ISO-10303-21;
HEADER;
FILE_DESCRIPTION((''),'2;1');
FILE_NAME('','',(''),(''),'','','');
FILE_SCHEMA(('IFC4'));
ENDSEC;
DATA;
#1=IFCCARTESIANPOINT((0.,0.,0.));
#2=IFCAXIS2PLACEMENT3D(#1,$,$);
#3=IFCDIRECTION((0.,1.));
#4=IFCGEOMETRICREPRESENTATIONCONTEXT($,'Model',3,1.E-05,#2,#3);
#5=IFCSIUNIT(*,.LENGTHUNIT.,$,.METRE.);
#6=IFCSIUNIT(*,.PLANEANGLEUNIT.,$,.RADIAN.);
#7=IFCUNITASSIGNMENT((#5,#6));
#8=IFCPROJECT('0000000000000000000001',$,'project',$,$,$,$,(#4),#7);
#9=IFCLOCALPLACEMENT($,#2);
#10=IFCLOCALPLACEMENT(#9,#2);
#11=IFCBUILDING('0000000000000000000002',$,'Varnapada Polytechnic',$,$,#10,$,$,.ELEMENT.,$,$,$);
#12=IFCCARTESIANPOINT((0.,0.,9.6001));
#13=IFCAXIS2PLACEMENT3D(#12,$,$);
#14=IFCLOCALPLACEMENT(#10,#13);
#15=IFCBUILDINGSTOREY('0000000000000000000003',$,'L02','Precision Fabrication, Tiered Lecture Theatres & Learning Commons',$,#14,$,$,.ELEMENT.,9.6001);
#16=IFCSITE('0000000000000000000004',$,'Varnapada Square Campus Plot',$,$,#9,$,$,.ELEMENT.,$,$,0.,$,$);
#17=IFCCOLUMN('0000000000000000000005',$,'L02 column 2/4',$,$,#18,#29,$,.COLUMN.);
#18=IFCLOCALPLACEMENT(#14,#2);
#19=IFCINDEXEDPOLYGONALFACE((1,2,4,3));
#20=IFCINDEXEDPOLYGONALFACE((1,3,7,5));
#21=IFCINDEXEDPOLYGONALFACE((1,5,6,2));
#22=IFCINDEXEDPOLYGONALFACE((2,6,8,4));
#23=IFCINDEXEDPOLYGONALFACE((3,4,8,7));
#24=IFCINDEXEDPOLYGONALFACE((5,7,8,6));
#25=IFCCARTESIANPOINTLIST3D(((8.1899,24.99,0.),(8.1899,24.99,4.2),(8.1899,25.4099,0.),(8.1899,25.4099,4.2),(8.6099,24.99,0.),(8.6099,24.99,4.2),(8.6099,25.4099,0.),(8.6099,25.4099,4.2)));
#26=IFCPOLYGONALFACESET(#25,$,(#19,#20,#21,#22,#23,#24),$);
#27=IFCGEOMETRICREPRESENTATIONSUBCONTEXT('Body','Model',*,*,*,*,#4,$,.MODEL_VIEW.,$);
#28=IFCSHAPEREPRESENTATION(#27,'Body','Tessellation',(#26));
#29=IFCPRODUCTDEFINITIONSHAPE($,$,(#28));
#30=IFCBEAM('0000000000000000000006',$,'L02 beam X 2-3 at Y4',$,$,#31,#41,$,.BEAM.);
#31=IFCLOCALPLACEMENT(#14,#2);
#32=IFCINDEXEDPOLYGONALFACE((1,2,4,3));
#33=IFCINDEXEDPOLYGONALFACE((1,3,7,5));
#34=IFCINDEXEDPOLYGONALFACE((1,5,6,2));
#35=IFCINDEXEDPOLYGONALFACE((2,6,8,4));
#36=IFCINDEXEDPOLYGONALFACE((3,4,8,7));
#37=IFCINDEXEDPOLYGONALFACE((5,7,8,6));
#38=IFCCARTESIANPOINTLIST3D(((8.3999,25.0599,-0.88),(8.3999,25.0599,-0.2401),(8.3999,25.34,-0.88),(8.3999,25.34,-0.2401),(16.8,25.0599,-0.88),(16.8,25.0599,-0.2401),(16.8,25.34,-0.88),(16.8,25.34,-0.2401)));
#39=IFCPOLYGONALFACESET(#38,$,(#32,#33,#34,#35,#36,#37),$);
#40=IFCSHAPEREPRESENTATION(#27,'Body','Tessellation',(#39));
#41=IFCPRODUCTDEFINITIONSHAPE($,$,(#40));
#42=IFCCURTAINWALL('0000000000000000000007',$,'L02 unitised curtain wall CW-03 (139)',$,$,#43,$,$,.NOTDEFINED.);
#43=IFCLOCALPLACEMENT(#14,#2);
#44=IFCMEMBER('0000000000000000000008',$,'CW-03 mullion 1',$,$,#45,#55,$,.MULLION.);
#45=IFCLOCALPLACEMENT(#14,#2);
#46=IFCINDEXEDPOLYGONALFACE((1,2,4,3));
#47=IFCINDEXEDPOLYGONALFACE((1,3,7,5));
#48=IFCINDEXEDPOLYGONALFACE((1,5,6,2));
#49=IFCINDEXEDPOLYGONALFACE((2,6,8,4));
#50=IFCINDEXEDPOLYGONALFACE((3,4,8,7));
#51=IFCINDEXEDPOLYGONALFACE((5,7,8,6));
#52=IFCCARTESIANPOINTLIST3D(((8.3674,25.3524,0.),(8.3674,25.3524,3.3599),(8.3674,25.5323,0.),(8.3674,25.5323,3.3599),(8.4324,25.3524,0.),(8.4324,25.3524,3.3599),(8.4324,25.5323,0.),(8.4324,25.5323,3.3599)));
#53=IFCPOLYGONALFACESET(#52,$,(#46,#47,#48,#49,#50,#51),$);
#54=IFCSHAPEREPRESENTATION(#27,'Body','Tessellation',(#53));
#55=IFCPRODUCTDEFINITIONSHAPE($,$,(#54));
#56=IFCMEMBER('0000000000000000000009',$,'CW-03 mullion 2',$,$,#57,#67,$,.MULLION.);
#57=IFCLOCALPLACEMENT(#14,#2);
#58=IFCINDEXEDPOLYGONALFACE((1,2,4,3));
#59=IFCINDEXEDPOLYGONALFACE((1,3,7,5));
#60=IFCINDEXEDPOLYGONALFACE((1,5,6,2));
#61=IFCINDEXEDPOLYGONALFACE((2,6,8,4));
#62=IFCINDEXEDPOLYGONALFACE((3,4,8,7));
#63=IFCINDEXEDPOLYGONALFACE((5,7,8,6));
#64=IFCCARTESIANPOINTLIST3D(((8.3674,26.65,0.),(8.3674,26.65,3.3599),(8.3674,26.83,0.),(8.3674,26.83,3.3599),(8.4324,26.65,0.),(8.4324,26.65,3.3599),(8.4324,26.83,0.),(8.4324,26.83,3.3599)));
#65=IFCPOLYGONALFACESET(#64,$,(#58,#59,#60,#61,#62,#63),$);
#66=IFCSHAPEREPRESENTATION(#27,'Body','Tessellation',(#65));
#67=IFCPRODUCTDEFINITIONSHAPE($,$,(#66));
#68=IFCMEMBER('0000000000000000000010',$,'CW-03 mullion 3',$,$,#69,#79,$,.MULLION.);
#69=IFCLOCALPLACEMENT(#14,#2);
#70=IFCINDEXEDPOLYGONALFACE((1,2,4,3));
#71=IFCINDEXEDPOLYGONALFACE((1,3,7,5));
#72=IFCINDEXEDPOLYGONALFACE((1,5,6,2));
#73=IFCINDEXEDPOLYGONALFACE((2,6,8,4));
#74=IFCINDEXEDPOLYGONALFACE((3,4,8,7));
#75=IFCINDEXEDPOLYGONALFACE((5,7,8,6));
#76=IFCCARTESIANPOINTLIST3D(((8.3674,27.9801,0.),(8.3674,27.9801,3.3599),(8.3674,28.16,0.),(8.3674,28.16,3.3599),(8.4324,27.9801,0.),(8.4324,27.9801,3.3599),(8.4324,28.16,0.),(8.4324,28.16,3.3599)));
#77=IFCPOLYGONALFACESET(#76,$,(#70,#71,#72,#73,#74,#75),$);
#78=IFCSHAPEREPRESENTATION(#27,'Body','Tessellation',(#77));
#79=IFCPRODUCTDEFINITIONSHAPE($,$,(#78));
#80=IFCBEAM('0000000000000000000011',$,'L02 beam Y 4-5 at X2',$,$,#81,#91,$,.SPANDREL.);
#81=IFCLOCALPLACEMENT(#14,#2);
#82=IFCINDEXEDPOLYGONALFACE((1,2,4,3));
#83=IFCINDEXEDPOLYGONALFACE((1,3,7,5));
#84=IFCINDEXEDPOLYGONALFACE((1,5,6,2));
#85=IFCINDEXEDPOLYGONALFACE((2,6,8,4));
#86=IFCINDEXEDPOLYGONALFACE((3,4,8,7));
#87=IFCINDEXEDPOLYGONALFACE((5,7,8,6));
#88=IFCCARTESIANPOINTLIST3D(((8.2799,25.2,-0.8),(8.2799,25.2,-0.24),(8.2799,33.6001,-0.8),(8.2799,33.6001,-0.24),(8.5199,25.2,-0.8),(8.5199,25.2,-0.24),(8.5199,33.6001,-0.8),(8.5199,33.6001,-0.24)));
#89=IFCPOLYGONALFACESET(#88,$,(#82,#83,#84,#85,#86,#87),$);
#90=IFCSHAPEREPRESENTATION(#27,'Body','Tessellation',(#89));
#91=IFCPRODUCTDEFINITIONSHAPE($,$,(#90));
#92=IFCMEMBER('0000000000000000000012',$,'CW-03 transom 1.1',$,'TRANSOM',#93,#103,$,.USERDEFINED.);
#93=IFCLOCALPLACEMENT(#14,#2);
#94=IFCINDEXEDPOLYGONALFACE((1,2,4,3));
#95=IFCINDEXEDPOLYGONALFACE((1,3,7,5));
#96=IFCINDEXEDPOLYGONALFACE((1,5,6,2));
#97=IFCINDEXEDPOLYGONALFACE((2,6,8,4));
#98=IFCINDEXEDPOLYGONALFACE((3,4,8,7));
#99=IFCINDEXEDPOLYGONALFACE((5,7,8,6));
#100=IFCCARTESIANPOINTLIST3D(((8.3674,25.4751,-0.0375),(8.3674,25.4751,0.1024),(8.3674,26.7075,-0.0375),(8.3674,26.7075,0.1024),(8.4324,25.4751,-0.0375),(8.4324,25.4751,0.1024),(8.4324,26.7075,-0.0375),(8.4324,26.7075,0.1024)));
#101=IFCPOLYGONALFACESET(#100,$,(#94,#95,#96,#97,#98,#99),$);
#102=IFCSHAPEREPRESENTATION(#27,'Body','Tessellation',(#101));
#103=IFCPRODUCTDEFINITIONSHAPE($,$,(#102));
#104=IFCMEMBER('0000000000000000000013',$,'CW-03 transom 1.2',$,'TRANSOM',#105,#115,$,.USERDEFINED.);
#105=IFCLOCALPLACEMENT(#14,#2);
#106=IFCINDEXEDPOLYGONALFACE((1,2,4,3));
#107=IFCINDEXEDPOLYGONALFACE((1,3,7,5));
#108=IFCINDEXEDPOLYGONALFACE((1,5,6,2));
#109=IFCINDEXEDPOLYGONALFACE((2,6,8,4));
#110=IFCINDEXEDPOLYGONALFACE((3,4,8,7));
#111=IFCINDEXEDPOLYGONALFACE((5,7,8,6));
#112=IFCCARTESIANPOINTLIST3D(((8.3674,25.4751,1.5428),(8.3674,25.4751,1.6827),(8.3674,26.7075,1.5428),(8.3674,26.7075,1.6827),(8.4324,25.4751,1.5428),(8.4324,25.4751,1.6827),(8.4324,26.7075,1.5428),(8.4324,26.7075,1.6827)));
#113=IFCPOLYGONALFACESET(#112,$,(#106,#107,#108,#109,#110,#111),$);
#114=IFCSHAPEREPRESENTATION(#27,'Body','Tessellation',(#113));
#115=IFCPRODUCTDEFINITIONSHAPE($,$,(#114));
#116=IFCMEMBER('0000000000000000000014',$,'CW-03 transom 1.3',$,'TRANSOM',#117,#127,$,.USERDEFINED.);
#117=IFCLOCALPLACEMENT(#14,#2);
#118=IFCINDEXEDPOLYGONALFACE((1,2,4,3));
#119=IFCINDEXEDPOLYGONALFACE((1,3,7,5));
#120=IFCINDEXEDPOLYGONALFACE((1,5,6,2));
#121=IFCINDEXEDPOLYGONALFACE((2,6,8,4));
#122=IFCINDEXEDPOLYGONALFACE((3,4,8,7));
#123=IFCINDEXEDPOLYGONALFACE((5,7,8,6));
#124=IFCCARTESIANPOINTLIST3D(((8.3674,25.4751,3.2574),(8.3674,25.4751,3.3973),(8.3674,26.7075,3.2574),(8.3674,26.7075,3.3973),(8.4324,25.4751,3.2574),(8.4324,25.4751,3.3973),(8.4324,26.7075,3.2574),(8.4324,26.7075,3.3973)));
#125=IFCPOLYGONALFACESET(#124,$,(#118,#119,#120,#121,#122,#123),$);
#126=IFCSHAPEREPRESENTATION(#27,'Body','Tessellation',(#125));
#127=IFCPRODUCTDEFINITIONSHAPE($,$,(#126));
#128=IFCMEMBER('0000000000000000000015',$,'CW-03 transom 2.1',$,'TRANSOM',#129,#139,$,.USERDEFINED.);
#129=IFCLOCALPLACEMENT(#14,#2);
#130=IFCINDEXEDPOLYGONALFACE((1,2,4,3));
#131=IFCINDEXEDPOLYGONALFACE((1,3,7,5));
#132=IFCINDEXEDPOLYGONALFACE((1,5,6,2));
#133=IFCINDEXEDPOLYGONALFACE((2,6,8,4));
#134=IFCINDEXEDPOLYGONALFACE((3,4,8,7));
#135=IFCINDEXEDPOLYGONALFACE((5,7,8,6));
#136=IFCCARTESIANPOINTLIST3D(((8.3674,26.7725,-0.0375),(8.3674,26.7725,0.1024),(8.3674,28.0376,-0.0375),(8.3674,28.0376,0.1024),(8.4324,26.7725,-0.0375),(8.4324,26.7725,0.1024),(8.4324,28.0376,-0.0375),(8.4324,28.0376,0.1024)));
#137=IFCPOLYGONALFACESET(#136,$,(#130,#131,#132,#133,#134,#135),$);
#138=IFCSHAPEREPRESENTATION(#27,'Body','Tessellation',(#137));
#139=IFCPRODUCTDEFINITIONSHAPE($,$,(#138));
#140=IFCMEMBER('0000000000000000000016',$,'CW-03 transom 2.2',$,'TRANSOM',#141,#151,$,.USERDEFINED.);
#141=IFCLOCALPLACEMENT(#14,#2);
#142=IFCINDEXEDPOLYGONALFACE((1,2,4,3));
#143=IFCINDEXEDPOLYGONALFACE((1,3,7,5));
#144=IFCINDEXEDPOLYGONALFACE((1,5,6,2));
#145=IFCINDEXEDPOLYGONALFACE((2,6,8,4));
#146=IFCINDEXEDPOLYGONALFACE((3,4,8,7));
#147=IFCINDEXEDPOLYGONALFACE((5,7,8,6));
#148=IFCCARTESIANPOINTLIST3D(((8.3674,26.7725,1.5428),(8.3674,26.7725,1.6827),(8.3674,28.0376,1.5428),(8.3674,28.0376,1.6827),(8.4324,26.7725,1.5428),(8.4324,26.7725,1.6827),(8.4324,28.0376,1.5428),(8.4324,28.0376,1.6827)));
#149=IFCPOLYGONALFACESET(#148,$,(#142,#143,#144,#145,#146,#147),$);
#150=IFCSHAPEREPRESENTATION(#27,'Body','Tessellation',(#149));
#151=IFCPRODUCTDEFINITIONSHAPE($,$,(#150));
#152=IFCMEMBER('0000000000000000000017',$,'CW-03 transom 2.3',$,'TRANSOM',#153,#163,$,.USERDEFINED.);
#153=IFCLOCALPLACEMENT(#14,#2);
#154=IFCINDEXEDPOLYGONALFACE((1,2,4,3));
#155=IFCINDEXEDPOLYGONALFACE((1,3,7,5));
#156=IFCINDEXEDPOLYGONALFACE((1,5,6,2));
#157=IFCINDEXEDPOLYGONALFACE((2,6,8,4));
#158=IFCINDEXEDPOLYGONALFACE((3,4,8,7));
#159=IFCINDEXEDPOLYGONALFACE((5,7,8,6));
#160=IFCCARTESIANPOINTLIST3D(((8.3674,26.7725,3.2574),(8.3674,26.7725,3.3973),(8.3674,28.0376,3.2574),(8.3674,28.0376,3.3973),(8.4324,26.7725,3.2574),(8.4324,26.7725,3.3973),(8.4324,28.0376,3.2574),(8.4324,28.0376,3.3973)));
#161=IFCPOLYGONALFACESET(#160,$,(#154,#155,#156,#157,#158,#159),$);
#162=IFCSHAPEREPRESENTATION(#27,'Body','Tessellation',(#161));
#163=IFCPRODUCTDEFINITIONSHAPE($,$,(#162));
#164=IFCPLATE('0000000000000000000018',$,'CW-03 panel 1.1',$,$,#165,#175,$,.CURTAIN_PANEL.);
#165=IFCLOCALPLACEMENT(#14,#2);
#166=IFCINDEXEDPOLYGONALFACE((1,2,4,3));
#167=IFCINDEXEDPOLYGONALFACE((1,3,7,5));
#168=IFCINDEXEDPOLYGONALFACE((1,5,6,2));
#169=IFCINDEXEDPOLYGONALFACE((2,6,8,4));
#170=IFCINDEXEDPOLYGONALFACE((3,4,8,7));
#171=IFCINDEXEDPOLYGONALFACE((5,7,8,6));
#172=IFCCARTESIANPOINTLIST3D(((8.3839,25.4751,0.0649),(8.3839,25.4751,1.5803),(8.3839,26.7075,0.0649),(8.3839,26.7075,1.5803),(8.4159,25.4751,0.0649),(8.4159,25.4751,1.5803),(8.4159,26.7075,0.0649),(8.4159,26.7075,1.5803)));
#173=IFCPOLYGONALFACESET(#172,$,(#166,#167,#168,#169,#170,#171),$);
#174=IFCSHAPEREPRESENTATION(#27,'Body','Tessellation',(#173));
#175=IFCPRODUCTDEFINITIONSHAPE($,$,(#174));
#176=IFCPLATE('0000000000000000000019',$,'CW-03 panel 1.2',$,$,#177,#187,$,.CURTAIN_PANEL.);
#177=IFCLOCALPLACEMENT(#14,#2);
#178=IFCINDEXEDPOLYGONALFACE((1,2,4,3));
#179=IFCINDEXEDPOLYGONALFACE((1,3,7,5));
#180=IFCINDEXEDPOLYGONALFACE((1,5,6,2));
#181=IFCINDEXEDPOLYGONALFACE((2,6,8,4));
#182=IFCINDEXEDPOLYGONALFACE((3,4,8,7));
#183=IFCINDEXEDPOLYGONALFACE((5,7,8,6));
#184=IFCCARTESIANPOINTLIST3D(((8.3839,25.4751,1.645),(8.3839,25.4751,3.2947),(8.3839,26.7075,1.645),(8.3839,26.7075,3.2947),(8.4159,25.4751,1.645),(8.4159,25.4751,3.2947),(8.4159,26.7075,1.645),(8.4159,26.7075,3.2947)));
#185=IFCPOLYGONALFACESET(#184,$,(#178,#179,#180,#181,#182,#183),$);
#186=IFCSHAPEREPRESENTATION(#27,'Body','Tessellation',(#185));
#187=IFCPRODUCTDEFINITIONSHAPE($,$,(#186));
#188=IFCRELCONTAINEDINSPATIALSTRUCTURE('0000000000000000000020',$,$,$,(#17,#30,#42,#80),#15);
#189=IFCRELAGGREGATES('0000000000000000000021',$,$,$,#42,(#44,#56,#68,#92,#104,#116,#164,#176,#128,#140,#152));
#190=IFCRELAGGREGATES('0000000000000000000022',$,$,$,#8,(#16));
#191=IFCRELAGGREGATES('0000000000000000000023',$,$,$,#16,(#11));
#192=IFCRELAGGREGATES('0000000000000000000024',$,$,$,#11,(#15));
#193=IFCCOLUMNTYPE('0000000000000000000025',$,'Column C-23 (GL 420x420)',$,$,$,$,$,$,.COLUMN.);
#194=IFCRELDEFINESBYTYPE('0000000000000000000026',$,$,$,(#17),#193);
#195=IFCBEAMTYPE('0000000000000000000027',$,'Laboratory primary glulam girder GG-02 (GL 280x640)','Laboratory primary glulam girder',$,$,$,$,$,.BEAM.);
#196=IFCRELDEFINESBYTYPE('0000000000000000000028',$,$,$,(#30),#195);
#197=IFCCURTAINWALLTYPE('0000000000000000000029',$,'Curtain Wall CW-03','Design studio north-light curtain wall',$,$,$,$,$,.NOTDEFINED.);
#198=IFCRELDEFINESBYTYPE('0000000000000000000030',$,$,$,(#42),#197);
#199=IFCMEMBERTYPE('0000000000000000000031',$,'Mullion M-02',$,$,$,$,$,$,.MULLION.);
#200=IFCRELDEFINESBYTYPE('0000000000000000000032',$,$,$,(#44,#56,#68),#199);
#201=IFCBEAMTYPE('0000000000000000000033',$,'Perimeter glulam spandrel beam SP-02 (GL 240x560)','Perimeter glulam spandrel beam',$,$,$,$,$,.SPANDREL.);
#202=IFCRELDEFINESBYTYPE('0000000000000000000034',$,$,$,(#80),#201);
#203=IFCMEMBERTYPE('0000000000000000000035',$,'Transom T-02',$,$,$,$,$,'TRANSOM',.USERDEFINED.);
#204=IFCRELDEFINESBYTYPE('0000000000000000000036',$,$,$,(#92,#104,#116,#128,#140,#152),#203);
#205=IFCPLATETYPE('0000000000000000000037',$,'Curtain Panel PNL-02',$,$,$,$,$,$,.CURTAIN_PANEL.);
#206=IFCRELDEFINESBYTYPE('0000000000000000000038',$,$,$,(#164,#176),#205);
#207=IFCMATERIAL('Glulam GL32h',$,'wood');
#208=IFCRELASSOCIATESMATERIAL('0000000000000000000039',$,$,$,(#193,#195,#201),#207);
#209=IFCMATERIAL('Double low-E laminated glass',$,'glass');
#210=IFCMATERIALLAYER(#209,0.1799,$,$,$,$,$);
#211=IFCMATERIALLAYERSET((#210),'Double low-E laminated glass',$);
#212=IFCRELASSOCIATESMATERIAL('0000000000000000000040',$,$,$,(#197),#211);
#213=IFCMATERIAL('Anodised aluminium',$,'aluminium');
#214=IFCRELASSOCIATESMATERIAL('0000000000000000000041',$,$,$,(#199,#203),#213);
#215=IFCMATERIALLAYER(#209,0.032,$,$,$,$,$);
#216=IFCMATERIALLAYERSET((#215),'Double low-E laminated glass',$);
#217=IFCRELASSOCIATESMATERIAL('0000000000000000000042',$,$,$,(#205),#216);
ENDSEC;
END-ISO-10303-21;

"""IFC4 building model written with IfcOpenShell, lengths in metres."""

from ifc_helpers import new_model, si_unit, direction, frame, origin, origin_2d, place, context, subcontext, project, spatial, rectangle, extrude, material, layer, layer_set, material_profile, profile_set, type_object, element, aggregate, save


model = new_model("IFC4")

# Units and contexts
model_context = context("Model", 3, precision=1e-05, world=origin(), true_north=direction((0.0, 1.0)))
body_context = subcontext(model_context, "Body", "Model", "MODEL_VIEW")
ifc_project = project(units=[si_unit("LENGTHUNIT", "METRE"), si_unit("PLANEANGLEUNIT", "RADIAN")], contexts=[model_context])

# Site, building, storey
site_placement = place(None, origin())
site = spatial("IfcSite", under=ifc_project, at=site_placement, Name="Varnapada Square Campus Plot", CompositionType="ELEMENT", RefElevation=0.0)
building_placement = place(site_placement, origin())
building = spatial("IfcBuilding", under=site, at=building_placement, Name="Varnapada Polytechnic", CompositionType="ELEMENT")
storey_placement = place(building_placement, frame((0.0, 0.0, 9.6001)))
storey = spatial("IfcBuildingStorey", under=building, at=storey_placement, Name="L02", Description="Precision Fabrication, Tiered Lecture Theatres & Learning Commons", CompositionType="ELEMENT", Elevation=9.6001)

# Column
ifc_material_1 = material(Name="Glulam GL32h", Category="wood")
ifc_material_profile_1 = material_profile(ifc_material_1, rectangle(XDim=0.4199, YDim=0.4199, at=origin_2d()), Name="GL 420x420")
ifc_profile_set_1 = profile_set([ifc_material_profile_1], Name="Glulam GL32h")
column_type = type_object("IfcColumnType", Name="Column C-23 (GL 420x420)", PredefinedType="COLUMN", material=ifc_profile_set_1)
column_placement = place(storey_placement, frame((8.3999, 25.2, 0.0), z_axis=(0.0, 0.0, 1.0), x_axis=(1.0, 0.0, 0.0)))
element("IfcColumn", 1, at=column_placement, inside=storey, type_object=column_type, Name="L02 column 2/4", PredefinedType="COLUMN", context=body_context, shape_type="SweptSolid", body=[
    extrude(rectangle(XDim=0.4199, YDim=0.4199, at=origin_2d()), origin(), (0.0, 0.0, 1.0), 4.2),
])

# Beam
ifc_material_profile_2 = material_profile(ifc_material_1, rectangle(XDim=0.28, YDim=0.6399, at=origin_2d()), Name="GL 280x640")
ifc_profile_set_2 = profile_set([ifc_material_profile_2], Name="Glulam GL32h")
beam_type_1 = type_object("IfcBeamType", Name="Laboratory primary glulam girder GG-02 (GL 280x640)", Description="Laboratory primary glulam girder", PredefinedType="BEAM", material=ifc_profile_set_2)
beam_1_placement = place(storey_placement, frame((8.3999, 25.2, -0.5601), z_axis=(1.0, 0.0, 0.0), x_axis=(0.0, 1.0, 0.0)))
element("IfcBeam", 2, at=beam_1_placement, inside=storey, type_object=beam_type_1, Name="L02 beam X 2-3 at Y4", PredefinedType="BEAM", context=body_context, shape_type="SweptSolid", body=[
    extrude(rectangle(XDim=0.28, YDim=0.6399, at=origin_2d()), origin(), (0.0, 0.0, 1.0), 8.4001),
])

# Curtain wall, members
ifc_material_2 = material(Name="Double low-E laminated glass", Category="glass")
ifc_layer_1 = layer(ifc_material_2, 0.1799)
ifc_layer_set_1 = layer_set([ifc_layer_1], Name="Double low-E laminated glass")
curtain_wall_type = type_object("IfcCurtainWallType", Name="Curtain Wall CW-03", Description="Design studio north-light curtain wall", PredefinedType="NOTDEFINED", material=ifc_layer_set_1)
curtain_wall_placement = place(storey_placement, origin())
curtain_wall = element("IfcCurtainWall", 3, at=curtain_wall_placement, inside=storey, type_object=curtain_wall_type, Name="L02 unitised curtain wall CW-03 (139)", PredefinedType="NOTDEFINED")
ifc_material_3 = material(Name="Anodised aluminium", Category="aluminium")
ifc_material_profile_3 = material_profile(ifc_material_3, rectangle(XDim=0.0649, YDim=0.1799, at=origin_2d()), Name="ALU M65x180")
ifc_profile_set_3 = profile_set([ifc_material_profile_3], Name="Anodised aluminium")
member_type_1 = type_object("IfcMemberType", Name="Mullion M-02", PredefinedType="MULLION", material=ifc_profile_set_3)
member_1_placement = place(storey_placement, frame((8.3999, 25.4424, 0.0), z_axis=(0.0, 0.0, 1.0), x_axis=(-1.0, 0.0, 0.0)))
member_1 = element("IfcMember", 4, at=member_1_placement, type_object=member_type_1, Name="CW-03 mullion 1", PredefinedType="MULLION", context=body_context, shape_type="SweptSolid", body=[
    extrude(rectangle(XDim=0.0649, YDim=0.1799, at=origin_2d()), origin(), (0.0, 0.0, 1.0), 3.3599),
])
member_2_placement = place(storey_placement, frame((8.3999, 26.74, 0.0), z_axis=(0.0, 0.0, 1.0), x_axis=(-1.0, 0.0, 0.0)))
member_2 = element("IfcMember", 5, at=member_2_placement, type_object=member_type_1, Name="CW-03 mullion 2", PredefinedType="MULLION", context=body_context, shape_type="SweptSolid", body=[
    extrude(rectangle(XDim=0.0649, YDim=0.1799, at=origin_2d()), origin(), (0.0, 0.0, 1.0), 3.3599),
])
member_3_placement = place(storey_placement, frame((8.3999, 28.0701, 0.0), z_axis=(0.0, 0.0, 1.0), x_axis=(-1.0, 0.0, 0.0)))
member_3 = element("IfcMember", 6, at=member_3_placement, type_object=member_type_1, Name="CW-03 mullion 3", PredefinedType="MULLION", context=body_context, shape_type="SweptSolid", body=[
    extrude(rectangle(XDim=0.0649, YDim=0.1799, at=origin_2d()), origin(), (0.0, 0.0, 1.0), 3.3599),
])

# Beam
ifc_material_profile_4 = material_profile(ifc_material_1, rectangle(XDim=0.24, YDim=0.5601, at=origin_2d()), Name="GL 240x560")
ifc_profile_set_4 = profile_set([ifc_material_profile_4], Name="Glulam GL32h")
beam_type_2 = type_object("IfcBeamType", Name="Perimeter glulam spandrel beam SP-02 (GL 240x560)", Description="Perimeter glulam spandrel beam", PredefinedType="SPANDREL", material=ifc_profile_set_4)
beam_2_placement = place(storey_placement, frame((8.3999, 25.2, -0.52), z_axis=(0.0, 1.0, 0.0), x_axis=(-1.0, 0.0, 0.0)))
element("IfcBeam", 7, at=beam_2_placement, inside=storey, type_object=beam_type_2, Name="L02 beam Y 4-5 at X2", PredefinedType="SPANDREL", context=body_context, shape_type="SweptSolid", body=[
    extrude(rectangle(XDim=0.24, YDim=0.5601, at=origin_2d()), origin(), (0.0, 0.0, 1.0), 8.4001),
])

# Members
ifc_material_profile_5 = material_profile(ifc_material_3, rectangle(XDim=0.0649, YDim=0.1399, at=origin_2d()), Name="ALU T65x140")
ifc_profile_set_5 = profile_set([ifc_material_profile_5], Name="Anodised aluminium")
member_type_2 = type_object("IfcMemberType", Name="Transom T-02", ElementType="TRANSOM", PredefinedType="USERDEFINED", material=ifc_profile_set_5)
member_4_placement = place(storey_placement, frame((8.3999, 25.4751, 0.0325), z_axis=(0.0, 1.0, 0.0), x_axis=(-1.0, 0.0, 0.0)))
member_4 = element("IfcMember", 8, at=member_4_placement, type_object=member_type_2, Name="CW-03 transom 1.1", ObjectType="TRANSOM", PredefinedType="USERDEFINED", context=body_context, shape_type="SweptSolid", body=[
    extrude(rectangle(XDim=0.0649, YDim=0.1399, at=origin_2d()), origin(), (0.0, 0.0, 1.0), 1.2324),
])
member_5_placement = place(storey_placement, frame((8.3999, 25.4751, 1.6128), z_axis=(0.0, 1.0, 0.0), x_axis=(-1.0, 0.0, 0.0)))
member_5 = element("IfcMember", 9, at=member_5_placement, type_object=member_type_2, Name="CW-03 transom 1.2", ObjectType="TRANSOM", PredefinedType="USERDEFINED", context=body_context, shape_type="SweptSolid", body=[
    extrude(rectangle(XDim=0.0649, YDim=0.1399, at=origin_2d()), origin(), (0.0, 0.0, 1.0), 1.2324),
])
member_6_placement = place(storey_placement, frame((8.3999, 25.4751, 3.3274), z_axis=(0.0, 1.0, 0.0), x_axis=(-1.0, 0.0, 0.0)))
member_6 = element("IfcMember", 10, at=member_6_placement, type_object=member_type_2, Name="CW-03 transom 1.3", ObjectType="TRANSOM", PredefinedType="USERDEFINED", context=body_context, shape_type="SweptSolid", body=[
    extrude(rectangle(XDim=0.0649, YDim=0.1399, at=origin_2d()), origin(), (0.0, 0.0, 1.0), 1.2324),
])
member_7_placement = place(storey_placement, frame((8.3999, 26.7725, 0.0325), z_axis=(0.0, 1.0, 0.0), x_axis=(-1.0, 0.0, 0.0)))
member_7 = element("IfcMember", 11, at=member_7_placement, type_object=member_type_2, Name="CW-03 transom 2.1", ObjectType="TRANSOM", PredefinedType="USERDEFINED", context=body_context, shape_type="SweptSolid", body=[
    extrude(rectangle(XDim=0.0649, YDim=0.1399, at=origin_2d()), origin(), (0.0, 0.0, 1.0), 1.2651),
])
member_8_placement = place(storey_placement, frame((8.3999, 26.7725, 1.6128), z_axis=(0.0, 1.0, 0.0), x_axis=(-1.0, 0.0, 0.0)))
member_8 = element("IfcMember", 12, at=member_8_placement, type_object=member_type_2, Name="CW-03 transom 2.2", ObjectType="TRANSOM", PredefinedType="USERDEFINED", context=body_context, shape_type="SweptSolid", body=[
    extrude(rectangle(XDim=0.0649, YDim=0.1399, at=origin_2d()), origin(), (0.0, 0.0, 1.0), 1.2651),
])
member_9_placement = place(storey_placement, frame((8.3999, 26.7725, 3.3274), z_axis=(0.0, 1.0, 0.0), x_axis=(-1.0, 0.0, 0.0)))
member_9 = element("IfcMember", 13, at=member_9_placement, type_object=member_type_2, Name="CW-03 transom 2.3", ObjectType="TRANSOM", PredefinedType="USERDEFINED", context=body_context, shape_type="SweptSolid", body=[
    extrude(rectangle(XDim=0.0649, YDim=0.1399, at=origin_2d()), origin(), (0.0, 0.0, 1.0), 1.2651),
])

# Plates
ifc_layer_2 = layer(ifc_material_2, 0.032)
ifc_layer_set_2 = layer_set([ifc_layer_2], Name="Double low-E laminated glass")
plate_type = type_object("IfcPlateType", Name="Curtain Panel PNL-02", PredefinedType="CURTAIN_PANEL", material=ifc_layer_set_2)
plate_1_placement = place(storey_placement, frame((8.3999, 26.0913, 0.0649), z_axis=(0.0, 0.0, 1.0), x_axis=(0.0, 1.0, 0.0)))
plate_1 = element("IfcPlate", 14, at=plate_1_placement, type_object=plate_type, Name="CW-03 panel 1.1", PredefinedType="CURTAIN_PANEL", context=body_context, shape_type="SweptSolid", body=[
    extrude(rectangle(XDim=1.2324, YDim=0.032, at=origin_2d()), origin(), (0.0, 0.0, 1.0), 1.5154),
])
plate_2_placement = place(storey_placement, frame((8.3999, 26.0913, 1.645), z_axis=(0.0, 0.0, 1.0), x_axis=(0.0, 1.0, 0.0)))
plate_2 = element("IfcPlate", 15, at=plate_2_placement, type_object=plate_type, Name="CW-03 panel 1.2", PredefinedType="CURTAIN_PANEL", context=body_context, shape_type="SweptSolid", body=[
    extrude(rectangle(XDim=1.2324, YDim=0.032, at=origin_2d()), origin(), (0.0, 0.0, 1.0), 1.6497),
])
aggregate(curtain_wall, [member_1, member_2, member_3, member_4, member_5, member_6, plate_1, plate_2, member_7, member_8, member_9])

save(model, "model.ifc")
